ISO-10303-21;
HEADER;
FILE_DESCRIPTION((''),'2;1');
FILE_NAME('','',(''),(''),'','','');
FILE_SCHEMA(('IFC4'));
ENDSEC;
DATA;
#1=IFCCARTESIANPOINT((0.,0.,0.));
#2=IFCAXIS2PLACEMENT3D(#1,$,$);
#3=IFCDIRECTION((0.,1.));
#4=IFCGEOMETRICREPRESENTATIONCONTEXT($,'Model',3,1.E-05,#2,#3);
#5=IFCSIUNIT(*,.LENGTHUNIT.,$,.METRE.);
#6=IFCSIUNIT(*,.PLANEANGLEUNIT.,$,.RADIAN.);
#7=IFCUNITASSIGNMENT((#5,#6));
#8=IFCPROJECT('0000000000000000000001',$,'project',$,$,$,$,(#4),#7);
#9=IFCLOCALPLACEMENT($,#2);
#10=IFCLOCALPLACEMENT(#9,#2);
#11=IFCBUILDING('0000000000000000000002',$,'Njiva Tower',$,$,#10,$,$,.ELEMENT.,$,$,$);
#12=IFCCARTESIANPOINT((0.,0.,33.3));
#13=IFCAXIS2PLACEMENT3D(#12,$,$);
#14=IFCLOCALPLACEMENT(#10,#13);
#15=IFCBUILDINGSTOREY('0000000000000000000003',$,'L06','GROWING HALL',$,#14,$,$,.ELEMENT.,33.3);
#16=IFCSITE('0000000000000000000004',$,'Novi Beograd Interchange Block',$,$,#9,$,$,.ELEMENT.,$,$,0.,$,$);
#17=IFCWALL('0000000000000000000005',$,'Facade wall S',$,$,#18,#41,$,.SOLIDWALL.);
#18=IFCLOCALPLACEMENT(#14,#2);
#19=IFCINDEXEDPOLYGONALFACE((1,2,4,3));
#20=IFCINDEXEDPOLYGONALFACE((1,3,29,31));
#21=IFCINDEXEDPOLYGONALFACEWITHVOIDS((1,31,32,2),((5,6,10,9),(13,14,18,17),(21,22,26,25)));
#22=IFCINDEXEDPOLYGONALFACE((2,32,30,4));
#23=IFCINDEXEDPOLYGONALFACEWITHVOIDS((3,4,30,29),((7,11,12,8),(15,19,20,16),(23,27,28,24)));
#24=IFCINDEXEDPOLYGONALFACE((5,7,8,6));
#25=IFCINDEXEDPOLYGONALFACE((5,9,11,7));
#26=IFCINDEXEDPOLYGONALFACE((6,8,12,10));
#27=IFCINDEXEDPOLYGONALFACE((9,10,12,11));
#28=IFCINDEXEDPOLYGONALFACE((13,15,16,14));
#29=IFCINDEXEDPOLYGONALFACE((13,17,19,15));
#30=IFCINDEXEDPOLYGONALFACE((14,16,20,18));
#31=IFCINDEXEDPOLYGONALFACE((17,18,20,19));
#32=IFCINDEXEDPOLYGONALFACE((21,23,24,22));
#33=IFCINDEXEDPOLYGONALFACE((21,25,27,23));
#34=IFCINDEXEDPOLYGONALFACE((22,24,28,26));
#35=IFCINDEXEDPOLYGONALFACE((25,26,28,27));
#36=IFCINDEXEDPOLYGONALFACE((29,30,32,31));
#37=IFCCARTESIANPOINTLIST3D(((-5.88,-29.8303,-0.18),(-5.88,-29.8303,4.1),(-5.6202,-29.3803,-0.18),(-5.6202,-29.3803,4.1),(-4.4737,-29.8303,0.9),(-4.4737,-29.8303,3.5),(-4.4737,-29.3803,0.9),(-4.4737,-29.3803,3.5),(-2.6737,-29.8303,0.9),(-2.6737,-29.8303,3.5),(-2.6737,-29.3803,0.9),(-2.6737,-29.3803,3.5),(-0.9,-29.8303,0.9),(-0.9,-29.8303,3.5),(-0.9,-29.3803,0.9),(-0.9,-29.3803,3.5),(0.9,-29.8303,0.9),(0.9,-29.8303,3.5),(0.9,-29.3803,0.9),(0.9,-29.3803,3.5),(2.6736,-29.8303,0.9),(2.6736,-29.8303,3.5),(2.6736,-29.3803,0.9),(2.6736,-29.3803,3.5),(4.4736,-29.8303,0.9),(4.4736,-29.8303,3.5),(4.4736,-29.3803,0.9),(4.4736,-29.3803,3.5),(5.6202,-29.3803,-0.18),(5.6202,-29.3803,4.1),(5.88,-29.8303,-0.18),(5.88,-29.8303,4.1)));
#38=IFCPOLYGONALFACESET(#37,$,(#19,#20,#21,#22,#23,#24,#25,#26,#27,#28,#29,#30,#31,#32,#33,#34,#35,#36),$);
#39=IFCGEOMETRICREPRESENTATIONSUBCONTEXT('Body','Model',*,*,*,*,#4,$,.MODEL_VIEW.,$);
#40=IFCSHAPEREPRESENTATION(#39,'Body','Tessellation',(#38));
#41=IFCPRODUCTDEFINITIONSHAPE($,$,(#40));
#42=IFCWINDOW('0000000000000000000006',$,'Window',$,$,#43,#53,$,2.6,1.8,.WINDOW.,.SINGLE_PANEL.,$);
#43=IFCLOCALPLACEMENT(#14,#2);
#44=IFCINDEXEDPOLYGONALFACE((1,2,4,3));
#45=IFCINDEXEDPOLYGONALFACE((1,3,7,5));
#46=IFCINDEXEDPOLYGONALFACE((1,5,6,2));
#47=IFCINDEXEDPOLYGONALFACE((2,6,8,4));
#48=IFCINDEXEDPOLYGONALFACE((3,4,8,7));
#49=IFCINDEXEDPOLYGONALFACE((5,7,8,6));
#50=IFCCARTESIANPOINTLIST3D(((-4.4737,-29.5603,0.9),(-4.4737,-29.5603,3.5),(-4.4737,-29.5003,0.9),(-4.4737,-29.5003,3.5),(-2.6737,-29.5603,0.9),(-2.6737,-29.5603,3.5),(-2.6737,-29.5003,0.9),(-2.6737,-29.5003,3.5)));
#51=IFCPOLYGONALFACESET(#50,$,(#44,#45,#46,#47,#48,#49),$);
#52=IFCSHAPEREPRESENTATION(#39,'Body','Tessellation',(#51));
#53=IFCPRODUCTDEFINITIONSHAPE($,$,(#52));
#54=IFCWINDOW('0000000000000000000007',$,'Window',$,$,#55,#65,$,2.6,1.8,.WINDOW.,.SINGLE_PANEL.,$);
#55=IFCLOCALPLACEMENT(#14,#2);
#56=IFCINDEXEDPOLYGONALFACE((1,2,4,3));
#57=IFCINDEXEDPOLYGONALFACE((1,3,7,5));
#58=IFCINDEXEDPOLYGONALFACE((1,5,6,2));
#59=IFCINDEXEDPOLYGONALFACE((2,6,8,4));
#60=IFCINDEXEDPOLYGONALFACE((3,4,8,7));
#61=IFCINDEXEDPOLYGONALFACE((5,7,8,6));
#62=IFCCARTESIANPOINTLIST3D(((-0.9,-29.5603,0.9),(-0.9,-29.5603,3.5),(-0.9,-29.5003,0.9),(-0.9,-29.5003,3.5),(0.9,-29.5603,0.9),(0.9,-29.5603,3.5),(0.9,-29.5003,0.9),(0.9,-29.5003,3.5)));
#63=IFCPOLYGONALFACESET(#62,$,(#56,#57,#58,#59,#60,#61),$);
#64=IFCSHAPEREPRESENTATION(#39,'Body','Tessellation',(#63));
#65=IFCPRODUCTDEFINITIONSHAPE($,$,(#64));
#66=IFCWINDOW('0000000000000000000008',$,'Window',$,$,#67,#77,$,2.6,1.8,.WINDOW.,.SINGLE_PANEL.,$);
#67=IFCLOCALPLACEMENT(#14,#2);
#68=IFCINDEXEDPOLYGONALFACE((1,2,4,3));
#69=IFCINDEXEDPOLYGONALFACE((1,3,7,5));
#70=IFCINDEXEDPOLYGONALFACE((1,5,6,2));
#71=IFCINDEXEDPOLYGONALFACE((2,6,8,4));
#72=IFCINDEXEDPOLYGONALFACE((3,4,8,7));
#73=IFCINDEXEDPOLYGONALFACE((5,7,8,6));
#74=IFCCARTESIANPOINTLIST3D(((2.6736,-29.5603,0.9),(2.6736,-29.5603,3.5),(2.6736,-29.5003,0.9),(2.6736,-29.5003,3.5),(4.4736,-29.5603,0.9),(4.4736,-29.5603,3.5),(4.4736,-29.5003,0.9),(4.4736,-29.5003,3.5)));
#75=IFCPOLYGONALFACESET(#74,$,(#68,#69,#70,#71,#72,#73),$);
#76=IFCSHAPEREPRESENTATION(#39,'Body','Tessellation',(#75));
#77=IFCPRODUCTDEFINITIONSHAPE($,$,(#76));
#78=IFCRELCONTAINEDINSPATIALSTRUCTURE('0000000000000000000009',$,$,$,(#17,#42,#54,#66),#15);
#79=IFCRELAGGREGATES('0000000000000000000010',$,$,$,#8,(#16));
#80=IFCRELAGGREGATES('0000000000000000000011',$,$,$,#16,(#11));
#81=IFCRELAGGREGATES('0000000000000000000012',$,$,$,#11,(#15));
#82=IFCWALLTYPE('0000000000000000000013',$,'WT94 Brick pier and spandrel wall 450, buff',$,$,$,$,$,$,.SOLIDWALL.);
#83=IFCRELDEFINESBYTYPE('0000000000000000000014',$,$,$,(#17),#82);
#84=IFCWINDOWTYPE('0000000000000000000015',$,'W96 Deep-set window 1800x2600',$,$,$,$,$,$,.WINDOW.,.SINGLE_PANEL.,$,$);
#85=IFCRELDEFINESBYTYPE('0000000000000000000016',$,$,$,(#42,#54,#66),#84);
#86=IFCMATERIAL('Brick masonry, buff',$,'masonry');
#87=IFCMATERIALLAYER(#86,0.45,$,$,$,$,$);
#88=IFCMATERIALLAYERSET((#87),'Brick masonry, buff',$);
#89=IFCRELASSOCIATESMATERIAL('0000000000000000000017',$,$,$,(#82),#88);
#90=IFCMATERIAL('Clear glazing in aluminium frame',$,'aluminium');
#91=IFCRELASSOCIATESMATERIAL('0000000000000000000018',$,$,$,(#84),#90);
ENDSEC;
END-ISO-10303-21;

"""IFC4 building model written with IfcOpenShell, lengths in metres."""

from ifc_helpers import new_model, si_unit, direction, frame, frame_2d, origin, place, context, subcontext, project, spatial, polyline, rectangle, outline, extrude, material, layer, layer_set, type_object, element, fill, save


model = new_model("IFC4")

# Units and contexts
model_context = context("Model", 3, precision=1e-05, world=origin(), true_north=direction((0.0, 1.0)))
body_context = subcontext(model_context, "Body", "Model", "MODEL_VIEW")
ifc_project = project(units=[si_unit("LENGTHUNIT", "METRE"), si_unit("PLANEANGLEUNIT", "RADIAN")], contexts=[model_context])

# Site, building, storey
site_placement = place(None, origin())
site = spatial("IfcSite", under=ifc_project, at=site_placement, Name="Novi Beograd Interchange Block", CompositionType="ELEMENT", RefElevation=0.0)
building_placement = place(site_placement, origin())
building = spatial("IfcBuilding", under=site, at=building_placement, Name="Njiva Tower", CompositionType="ELEMENT")
storey_placement = place(building_placement, frame((0.0, 0.0, 33.3)))
storey = spatial("IfcBuildingStorey", under=building, at=storey_placement, Name="L06", Description="GROWING HALL", CompositionType="ELEMENT", Elevation=33.3)

# Wall, openings, windows
ifc_material_1 = material(Name="Brick masonry, buff", Category="masonry")
ifc_layer = layer(ifc_material_1, 0.45)
ifc_layer_set = layer_set([ifc_layer], Name="Brick masonry, buff")
wall_type = type_object("IfcWallType", Name="WT94 Brick pier and spandrel wall 450, buff", PredefinedType="SOLIDWALL", material=ifc_layer_set)
wall_placement = place(storey_placement, frame((-5.7501, -29.6053, -0.18), z_axis=(0.0, 0.0, 1.0), x_axis=(1.0, 0.0, 0.0)))
wall = element("IfcWall", 1, at=wall_placement, inside=storey, type_object=wall_type, Name="Facade wall S", PredefinedType="SOLIDWALL", context=body_context, shape_type="SweptSolid", body=[
    extrude(outline(polyline([(-0.1299, -0.225), (11.6301, -0.225), (11.3703, 0.225), (0.1299, 0.225), (-0.1299, -0.225)])), origin(), (0.0, 0.0, 1.0), 4.28),
])
opening_1_placement = place(wall_placement, frame((1.2764, 0.0, 1.08)))
opening_1 = element("IfcOpeningElement", 2, at=opening_1_placement, cuts=wall, PredefinedType="OPENING", context=body_context, shape_type="SweptSolid", body=[
    extrude(rectangle(XDim=1.8, YDim=2.6, at=frame_2d((0.9, 1.3))), frame((0.0, 0.235, 0.0), z_axis=(0.0, -1.0, 0.0), x_axis=(1.0, 0.0, 0.0)), (0.0, 0.0, 1.0), 0.47),
])
opening_2_placement = place(wall_placement, frame((4.8501, 0.0, 1.08)))
opening_2 = element("IfcOpeningElement", 3, at=opening_2_placement, cuts=wall, PredefinedType="OPENING", context=body_context, shape_type="SweptSolid", body=[
    extrude(rectangle(XDim=1.8, YDim=2.6, at=frame_2d((0.9, 1.3))), frame((0.0, 0.235, 0.0), z_axis=(0.0, -1.0, 0.0), x_axis=(1.0, 0.0, 0.0)), (0.0, 0.0, 1.0), 0.47),
])
opening_3_placement = place(wall_placement, frame((8.4237, 0.0, 1.08)))
opening_3 = element("IfcOpeningElement", 4, at=opening_3_placement, cuts=wall, PredefinedType="OPENING", context=body_context, shape_type="SweptSolid", body=[
    extrude(rectangle(XDim=1.8, YDim=2.6, at=frame_2d((0.9, 1.3))), frame((0.0, 0.235, 0.0), z_axis=(0.0, -1.0, 0.0), x_axis=(1.0, 0.0, 0.0)), (0.0, 0.0, 1.0), 0.47),
])
ifc_material_2 = material(Name="Clear glazing in aluminium frame", Category="aluminium")
window_type = type_object("IfcWindowType", Name="W96 Deep-set window 1800x2600", PartitioningType="SINGLE_PANEL", PredefinedType="WINDOW", material=ifc_material_2)
window_1_placement = place(opening_1_placement, origin())
window_1 = element("IfcWindow", 5, at=window_1_placement, inside=storey, type_object=window_type, Name="Window", OverallHeight=2.6, OverallWidth=1.8, PartitioningType="SINGLE_PANEL", PredefinedType="WINDOW", context=body_context, shape_type="SweptSolid", body=[
    extrude(rectangle(XDim=1.8, YDim=2.6, at=frame_2d((0.9, 1.3))), frame((0.0, 0.105, 0.0), z_axis=(0.0, -1.0, 0.0), x_axis=(1.0, 0.0, 0.0)), (0.0, 0.0, 1.0), 0.06),
])
fill(opening_1, window_1)
window_2_placement = place(opening_2_placement, origin())
window_2 = element("IfcWindow", 6, at=window_2_placement, inside=storey, type_object=window_type, Name="Window", OverallHeight=2.6, OverallWidth=1.8, PartitioningType="SINGLE_PANEL", PredefinedType="WINDOW", context=body_context, shape_type="SweptSolid", body=[
    extrude(rectangle(XDim=1.8, YDim=2.6, at=frame_2d((0.9, 1.3))), frame((0.0, 0.105, 0.0), z_axis=(0.0, -1.0, 0.0), x_axis=(1.0, 0.0, 0.0)), (0.0, 0.0, 1.0), 0.06),
])
fill(opening_2, window_2)
window_3_placement = place(opening_3_placement, origin())
window_3 = element("IfcWindow", 7, at=window_3_placement, inside=storey, type_object=window_type, Name="Window", OverallHeight=2.6, OverallWidth=1.8, PartitioningType="SINGLE_PANEL", PredefinedType="WINDOW", context=body_context, shape_type="SweptSolid", body=[
    extrude(rectangle(XDim=1.8, YDim=2.6, at=frame_2d((0.9, 1.3))), frame((0.0, 0.105, 0.0), z_axis=(0.0, -1.0, 0.0), x_axis=(1.0, 0.0, 0.0)), (0.0, 0.0, 1.0), 0.06),
])
fill(opening_3, window_3)

save(model, "model.ifc")
